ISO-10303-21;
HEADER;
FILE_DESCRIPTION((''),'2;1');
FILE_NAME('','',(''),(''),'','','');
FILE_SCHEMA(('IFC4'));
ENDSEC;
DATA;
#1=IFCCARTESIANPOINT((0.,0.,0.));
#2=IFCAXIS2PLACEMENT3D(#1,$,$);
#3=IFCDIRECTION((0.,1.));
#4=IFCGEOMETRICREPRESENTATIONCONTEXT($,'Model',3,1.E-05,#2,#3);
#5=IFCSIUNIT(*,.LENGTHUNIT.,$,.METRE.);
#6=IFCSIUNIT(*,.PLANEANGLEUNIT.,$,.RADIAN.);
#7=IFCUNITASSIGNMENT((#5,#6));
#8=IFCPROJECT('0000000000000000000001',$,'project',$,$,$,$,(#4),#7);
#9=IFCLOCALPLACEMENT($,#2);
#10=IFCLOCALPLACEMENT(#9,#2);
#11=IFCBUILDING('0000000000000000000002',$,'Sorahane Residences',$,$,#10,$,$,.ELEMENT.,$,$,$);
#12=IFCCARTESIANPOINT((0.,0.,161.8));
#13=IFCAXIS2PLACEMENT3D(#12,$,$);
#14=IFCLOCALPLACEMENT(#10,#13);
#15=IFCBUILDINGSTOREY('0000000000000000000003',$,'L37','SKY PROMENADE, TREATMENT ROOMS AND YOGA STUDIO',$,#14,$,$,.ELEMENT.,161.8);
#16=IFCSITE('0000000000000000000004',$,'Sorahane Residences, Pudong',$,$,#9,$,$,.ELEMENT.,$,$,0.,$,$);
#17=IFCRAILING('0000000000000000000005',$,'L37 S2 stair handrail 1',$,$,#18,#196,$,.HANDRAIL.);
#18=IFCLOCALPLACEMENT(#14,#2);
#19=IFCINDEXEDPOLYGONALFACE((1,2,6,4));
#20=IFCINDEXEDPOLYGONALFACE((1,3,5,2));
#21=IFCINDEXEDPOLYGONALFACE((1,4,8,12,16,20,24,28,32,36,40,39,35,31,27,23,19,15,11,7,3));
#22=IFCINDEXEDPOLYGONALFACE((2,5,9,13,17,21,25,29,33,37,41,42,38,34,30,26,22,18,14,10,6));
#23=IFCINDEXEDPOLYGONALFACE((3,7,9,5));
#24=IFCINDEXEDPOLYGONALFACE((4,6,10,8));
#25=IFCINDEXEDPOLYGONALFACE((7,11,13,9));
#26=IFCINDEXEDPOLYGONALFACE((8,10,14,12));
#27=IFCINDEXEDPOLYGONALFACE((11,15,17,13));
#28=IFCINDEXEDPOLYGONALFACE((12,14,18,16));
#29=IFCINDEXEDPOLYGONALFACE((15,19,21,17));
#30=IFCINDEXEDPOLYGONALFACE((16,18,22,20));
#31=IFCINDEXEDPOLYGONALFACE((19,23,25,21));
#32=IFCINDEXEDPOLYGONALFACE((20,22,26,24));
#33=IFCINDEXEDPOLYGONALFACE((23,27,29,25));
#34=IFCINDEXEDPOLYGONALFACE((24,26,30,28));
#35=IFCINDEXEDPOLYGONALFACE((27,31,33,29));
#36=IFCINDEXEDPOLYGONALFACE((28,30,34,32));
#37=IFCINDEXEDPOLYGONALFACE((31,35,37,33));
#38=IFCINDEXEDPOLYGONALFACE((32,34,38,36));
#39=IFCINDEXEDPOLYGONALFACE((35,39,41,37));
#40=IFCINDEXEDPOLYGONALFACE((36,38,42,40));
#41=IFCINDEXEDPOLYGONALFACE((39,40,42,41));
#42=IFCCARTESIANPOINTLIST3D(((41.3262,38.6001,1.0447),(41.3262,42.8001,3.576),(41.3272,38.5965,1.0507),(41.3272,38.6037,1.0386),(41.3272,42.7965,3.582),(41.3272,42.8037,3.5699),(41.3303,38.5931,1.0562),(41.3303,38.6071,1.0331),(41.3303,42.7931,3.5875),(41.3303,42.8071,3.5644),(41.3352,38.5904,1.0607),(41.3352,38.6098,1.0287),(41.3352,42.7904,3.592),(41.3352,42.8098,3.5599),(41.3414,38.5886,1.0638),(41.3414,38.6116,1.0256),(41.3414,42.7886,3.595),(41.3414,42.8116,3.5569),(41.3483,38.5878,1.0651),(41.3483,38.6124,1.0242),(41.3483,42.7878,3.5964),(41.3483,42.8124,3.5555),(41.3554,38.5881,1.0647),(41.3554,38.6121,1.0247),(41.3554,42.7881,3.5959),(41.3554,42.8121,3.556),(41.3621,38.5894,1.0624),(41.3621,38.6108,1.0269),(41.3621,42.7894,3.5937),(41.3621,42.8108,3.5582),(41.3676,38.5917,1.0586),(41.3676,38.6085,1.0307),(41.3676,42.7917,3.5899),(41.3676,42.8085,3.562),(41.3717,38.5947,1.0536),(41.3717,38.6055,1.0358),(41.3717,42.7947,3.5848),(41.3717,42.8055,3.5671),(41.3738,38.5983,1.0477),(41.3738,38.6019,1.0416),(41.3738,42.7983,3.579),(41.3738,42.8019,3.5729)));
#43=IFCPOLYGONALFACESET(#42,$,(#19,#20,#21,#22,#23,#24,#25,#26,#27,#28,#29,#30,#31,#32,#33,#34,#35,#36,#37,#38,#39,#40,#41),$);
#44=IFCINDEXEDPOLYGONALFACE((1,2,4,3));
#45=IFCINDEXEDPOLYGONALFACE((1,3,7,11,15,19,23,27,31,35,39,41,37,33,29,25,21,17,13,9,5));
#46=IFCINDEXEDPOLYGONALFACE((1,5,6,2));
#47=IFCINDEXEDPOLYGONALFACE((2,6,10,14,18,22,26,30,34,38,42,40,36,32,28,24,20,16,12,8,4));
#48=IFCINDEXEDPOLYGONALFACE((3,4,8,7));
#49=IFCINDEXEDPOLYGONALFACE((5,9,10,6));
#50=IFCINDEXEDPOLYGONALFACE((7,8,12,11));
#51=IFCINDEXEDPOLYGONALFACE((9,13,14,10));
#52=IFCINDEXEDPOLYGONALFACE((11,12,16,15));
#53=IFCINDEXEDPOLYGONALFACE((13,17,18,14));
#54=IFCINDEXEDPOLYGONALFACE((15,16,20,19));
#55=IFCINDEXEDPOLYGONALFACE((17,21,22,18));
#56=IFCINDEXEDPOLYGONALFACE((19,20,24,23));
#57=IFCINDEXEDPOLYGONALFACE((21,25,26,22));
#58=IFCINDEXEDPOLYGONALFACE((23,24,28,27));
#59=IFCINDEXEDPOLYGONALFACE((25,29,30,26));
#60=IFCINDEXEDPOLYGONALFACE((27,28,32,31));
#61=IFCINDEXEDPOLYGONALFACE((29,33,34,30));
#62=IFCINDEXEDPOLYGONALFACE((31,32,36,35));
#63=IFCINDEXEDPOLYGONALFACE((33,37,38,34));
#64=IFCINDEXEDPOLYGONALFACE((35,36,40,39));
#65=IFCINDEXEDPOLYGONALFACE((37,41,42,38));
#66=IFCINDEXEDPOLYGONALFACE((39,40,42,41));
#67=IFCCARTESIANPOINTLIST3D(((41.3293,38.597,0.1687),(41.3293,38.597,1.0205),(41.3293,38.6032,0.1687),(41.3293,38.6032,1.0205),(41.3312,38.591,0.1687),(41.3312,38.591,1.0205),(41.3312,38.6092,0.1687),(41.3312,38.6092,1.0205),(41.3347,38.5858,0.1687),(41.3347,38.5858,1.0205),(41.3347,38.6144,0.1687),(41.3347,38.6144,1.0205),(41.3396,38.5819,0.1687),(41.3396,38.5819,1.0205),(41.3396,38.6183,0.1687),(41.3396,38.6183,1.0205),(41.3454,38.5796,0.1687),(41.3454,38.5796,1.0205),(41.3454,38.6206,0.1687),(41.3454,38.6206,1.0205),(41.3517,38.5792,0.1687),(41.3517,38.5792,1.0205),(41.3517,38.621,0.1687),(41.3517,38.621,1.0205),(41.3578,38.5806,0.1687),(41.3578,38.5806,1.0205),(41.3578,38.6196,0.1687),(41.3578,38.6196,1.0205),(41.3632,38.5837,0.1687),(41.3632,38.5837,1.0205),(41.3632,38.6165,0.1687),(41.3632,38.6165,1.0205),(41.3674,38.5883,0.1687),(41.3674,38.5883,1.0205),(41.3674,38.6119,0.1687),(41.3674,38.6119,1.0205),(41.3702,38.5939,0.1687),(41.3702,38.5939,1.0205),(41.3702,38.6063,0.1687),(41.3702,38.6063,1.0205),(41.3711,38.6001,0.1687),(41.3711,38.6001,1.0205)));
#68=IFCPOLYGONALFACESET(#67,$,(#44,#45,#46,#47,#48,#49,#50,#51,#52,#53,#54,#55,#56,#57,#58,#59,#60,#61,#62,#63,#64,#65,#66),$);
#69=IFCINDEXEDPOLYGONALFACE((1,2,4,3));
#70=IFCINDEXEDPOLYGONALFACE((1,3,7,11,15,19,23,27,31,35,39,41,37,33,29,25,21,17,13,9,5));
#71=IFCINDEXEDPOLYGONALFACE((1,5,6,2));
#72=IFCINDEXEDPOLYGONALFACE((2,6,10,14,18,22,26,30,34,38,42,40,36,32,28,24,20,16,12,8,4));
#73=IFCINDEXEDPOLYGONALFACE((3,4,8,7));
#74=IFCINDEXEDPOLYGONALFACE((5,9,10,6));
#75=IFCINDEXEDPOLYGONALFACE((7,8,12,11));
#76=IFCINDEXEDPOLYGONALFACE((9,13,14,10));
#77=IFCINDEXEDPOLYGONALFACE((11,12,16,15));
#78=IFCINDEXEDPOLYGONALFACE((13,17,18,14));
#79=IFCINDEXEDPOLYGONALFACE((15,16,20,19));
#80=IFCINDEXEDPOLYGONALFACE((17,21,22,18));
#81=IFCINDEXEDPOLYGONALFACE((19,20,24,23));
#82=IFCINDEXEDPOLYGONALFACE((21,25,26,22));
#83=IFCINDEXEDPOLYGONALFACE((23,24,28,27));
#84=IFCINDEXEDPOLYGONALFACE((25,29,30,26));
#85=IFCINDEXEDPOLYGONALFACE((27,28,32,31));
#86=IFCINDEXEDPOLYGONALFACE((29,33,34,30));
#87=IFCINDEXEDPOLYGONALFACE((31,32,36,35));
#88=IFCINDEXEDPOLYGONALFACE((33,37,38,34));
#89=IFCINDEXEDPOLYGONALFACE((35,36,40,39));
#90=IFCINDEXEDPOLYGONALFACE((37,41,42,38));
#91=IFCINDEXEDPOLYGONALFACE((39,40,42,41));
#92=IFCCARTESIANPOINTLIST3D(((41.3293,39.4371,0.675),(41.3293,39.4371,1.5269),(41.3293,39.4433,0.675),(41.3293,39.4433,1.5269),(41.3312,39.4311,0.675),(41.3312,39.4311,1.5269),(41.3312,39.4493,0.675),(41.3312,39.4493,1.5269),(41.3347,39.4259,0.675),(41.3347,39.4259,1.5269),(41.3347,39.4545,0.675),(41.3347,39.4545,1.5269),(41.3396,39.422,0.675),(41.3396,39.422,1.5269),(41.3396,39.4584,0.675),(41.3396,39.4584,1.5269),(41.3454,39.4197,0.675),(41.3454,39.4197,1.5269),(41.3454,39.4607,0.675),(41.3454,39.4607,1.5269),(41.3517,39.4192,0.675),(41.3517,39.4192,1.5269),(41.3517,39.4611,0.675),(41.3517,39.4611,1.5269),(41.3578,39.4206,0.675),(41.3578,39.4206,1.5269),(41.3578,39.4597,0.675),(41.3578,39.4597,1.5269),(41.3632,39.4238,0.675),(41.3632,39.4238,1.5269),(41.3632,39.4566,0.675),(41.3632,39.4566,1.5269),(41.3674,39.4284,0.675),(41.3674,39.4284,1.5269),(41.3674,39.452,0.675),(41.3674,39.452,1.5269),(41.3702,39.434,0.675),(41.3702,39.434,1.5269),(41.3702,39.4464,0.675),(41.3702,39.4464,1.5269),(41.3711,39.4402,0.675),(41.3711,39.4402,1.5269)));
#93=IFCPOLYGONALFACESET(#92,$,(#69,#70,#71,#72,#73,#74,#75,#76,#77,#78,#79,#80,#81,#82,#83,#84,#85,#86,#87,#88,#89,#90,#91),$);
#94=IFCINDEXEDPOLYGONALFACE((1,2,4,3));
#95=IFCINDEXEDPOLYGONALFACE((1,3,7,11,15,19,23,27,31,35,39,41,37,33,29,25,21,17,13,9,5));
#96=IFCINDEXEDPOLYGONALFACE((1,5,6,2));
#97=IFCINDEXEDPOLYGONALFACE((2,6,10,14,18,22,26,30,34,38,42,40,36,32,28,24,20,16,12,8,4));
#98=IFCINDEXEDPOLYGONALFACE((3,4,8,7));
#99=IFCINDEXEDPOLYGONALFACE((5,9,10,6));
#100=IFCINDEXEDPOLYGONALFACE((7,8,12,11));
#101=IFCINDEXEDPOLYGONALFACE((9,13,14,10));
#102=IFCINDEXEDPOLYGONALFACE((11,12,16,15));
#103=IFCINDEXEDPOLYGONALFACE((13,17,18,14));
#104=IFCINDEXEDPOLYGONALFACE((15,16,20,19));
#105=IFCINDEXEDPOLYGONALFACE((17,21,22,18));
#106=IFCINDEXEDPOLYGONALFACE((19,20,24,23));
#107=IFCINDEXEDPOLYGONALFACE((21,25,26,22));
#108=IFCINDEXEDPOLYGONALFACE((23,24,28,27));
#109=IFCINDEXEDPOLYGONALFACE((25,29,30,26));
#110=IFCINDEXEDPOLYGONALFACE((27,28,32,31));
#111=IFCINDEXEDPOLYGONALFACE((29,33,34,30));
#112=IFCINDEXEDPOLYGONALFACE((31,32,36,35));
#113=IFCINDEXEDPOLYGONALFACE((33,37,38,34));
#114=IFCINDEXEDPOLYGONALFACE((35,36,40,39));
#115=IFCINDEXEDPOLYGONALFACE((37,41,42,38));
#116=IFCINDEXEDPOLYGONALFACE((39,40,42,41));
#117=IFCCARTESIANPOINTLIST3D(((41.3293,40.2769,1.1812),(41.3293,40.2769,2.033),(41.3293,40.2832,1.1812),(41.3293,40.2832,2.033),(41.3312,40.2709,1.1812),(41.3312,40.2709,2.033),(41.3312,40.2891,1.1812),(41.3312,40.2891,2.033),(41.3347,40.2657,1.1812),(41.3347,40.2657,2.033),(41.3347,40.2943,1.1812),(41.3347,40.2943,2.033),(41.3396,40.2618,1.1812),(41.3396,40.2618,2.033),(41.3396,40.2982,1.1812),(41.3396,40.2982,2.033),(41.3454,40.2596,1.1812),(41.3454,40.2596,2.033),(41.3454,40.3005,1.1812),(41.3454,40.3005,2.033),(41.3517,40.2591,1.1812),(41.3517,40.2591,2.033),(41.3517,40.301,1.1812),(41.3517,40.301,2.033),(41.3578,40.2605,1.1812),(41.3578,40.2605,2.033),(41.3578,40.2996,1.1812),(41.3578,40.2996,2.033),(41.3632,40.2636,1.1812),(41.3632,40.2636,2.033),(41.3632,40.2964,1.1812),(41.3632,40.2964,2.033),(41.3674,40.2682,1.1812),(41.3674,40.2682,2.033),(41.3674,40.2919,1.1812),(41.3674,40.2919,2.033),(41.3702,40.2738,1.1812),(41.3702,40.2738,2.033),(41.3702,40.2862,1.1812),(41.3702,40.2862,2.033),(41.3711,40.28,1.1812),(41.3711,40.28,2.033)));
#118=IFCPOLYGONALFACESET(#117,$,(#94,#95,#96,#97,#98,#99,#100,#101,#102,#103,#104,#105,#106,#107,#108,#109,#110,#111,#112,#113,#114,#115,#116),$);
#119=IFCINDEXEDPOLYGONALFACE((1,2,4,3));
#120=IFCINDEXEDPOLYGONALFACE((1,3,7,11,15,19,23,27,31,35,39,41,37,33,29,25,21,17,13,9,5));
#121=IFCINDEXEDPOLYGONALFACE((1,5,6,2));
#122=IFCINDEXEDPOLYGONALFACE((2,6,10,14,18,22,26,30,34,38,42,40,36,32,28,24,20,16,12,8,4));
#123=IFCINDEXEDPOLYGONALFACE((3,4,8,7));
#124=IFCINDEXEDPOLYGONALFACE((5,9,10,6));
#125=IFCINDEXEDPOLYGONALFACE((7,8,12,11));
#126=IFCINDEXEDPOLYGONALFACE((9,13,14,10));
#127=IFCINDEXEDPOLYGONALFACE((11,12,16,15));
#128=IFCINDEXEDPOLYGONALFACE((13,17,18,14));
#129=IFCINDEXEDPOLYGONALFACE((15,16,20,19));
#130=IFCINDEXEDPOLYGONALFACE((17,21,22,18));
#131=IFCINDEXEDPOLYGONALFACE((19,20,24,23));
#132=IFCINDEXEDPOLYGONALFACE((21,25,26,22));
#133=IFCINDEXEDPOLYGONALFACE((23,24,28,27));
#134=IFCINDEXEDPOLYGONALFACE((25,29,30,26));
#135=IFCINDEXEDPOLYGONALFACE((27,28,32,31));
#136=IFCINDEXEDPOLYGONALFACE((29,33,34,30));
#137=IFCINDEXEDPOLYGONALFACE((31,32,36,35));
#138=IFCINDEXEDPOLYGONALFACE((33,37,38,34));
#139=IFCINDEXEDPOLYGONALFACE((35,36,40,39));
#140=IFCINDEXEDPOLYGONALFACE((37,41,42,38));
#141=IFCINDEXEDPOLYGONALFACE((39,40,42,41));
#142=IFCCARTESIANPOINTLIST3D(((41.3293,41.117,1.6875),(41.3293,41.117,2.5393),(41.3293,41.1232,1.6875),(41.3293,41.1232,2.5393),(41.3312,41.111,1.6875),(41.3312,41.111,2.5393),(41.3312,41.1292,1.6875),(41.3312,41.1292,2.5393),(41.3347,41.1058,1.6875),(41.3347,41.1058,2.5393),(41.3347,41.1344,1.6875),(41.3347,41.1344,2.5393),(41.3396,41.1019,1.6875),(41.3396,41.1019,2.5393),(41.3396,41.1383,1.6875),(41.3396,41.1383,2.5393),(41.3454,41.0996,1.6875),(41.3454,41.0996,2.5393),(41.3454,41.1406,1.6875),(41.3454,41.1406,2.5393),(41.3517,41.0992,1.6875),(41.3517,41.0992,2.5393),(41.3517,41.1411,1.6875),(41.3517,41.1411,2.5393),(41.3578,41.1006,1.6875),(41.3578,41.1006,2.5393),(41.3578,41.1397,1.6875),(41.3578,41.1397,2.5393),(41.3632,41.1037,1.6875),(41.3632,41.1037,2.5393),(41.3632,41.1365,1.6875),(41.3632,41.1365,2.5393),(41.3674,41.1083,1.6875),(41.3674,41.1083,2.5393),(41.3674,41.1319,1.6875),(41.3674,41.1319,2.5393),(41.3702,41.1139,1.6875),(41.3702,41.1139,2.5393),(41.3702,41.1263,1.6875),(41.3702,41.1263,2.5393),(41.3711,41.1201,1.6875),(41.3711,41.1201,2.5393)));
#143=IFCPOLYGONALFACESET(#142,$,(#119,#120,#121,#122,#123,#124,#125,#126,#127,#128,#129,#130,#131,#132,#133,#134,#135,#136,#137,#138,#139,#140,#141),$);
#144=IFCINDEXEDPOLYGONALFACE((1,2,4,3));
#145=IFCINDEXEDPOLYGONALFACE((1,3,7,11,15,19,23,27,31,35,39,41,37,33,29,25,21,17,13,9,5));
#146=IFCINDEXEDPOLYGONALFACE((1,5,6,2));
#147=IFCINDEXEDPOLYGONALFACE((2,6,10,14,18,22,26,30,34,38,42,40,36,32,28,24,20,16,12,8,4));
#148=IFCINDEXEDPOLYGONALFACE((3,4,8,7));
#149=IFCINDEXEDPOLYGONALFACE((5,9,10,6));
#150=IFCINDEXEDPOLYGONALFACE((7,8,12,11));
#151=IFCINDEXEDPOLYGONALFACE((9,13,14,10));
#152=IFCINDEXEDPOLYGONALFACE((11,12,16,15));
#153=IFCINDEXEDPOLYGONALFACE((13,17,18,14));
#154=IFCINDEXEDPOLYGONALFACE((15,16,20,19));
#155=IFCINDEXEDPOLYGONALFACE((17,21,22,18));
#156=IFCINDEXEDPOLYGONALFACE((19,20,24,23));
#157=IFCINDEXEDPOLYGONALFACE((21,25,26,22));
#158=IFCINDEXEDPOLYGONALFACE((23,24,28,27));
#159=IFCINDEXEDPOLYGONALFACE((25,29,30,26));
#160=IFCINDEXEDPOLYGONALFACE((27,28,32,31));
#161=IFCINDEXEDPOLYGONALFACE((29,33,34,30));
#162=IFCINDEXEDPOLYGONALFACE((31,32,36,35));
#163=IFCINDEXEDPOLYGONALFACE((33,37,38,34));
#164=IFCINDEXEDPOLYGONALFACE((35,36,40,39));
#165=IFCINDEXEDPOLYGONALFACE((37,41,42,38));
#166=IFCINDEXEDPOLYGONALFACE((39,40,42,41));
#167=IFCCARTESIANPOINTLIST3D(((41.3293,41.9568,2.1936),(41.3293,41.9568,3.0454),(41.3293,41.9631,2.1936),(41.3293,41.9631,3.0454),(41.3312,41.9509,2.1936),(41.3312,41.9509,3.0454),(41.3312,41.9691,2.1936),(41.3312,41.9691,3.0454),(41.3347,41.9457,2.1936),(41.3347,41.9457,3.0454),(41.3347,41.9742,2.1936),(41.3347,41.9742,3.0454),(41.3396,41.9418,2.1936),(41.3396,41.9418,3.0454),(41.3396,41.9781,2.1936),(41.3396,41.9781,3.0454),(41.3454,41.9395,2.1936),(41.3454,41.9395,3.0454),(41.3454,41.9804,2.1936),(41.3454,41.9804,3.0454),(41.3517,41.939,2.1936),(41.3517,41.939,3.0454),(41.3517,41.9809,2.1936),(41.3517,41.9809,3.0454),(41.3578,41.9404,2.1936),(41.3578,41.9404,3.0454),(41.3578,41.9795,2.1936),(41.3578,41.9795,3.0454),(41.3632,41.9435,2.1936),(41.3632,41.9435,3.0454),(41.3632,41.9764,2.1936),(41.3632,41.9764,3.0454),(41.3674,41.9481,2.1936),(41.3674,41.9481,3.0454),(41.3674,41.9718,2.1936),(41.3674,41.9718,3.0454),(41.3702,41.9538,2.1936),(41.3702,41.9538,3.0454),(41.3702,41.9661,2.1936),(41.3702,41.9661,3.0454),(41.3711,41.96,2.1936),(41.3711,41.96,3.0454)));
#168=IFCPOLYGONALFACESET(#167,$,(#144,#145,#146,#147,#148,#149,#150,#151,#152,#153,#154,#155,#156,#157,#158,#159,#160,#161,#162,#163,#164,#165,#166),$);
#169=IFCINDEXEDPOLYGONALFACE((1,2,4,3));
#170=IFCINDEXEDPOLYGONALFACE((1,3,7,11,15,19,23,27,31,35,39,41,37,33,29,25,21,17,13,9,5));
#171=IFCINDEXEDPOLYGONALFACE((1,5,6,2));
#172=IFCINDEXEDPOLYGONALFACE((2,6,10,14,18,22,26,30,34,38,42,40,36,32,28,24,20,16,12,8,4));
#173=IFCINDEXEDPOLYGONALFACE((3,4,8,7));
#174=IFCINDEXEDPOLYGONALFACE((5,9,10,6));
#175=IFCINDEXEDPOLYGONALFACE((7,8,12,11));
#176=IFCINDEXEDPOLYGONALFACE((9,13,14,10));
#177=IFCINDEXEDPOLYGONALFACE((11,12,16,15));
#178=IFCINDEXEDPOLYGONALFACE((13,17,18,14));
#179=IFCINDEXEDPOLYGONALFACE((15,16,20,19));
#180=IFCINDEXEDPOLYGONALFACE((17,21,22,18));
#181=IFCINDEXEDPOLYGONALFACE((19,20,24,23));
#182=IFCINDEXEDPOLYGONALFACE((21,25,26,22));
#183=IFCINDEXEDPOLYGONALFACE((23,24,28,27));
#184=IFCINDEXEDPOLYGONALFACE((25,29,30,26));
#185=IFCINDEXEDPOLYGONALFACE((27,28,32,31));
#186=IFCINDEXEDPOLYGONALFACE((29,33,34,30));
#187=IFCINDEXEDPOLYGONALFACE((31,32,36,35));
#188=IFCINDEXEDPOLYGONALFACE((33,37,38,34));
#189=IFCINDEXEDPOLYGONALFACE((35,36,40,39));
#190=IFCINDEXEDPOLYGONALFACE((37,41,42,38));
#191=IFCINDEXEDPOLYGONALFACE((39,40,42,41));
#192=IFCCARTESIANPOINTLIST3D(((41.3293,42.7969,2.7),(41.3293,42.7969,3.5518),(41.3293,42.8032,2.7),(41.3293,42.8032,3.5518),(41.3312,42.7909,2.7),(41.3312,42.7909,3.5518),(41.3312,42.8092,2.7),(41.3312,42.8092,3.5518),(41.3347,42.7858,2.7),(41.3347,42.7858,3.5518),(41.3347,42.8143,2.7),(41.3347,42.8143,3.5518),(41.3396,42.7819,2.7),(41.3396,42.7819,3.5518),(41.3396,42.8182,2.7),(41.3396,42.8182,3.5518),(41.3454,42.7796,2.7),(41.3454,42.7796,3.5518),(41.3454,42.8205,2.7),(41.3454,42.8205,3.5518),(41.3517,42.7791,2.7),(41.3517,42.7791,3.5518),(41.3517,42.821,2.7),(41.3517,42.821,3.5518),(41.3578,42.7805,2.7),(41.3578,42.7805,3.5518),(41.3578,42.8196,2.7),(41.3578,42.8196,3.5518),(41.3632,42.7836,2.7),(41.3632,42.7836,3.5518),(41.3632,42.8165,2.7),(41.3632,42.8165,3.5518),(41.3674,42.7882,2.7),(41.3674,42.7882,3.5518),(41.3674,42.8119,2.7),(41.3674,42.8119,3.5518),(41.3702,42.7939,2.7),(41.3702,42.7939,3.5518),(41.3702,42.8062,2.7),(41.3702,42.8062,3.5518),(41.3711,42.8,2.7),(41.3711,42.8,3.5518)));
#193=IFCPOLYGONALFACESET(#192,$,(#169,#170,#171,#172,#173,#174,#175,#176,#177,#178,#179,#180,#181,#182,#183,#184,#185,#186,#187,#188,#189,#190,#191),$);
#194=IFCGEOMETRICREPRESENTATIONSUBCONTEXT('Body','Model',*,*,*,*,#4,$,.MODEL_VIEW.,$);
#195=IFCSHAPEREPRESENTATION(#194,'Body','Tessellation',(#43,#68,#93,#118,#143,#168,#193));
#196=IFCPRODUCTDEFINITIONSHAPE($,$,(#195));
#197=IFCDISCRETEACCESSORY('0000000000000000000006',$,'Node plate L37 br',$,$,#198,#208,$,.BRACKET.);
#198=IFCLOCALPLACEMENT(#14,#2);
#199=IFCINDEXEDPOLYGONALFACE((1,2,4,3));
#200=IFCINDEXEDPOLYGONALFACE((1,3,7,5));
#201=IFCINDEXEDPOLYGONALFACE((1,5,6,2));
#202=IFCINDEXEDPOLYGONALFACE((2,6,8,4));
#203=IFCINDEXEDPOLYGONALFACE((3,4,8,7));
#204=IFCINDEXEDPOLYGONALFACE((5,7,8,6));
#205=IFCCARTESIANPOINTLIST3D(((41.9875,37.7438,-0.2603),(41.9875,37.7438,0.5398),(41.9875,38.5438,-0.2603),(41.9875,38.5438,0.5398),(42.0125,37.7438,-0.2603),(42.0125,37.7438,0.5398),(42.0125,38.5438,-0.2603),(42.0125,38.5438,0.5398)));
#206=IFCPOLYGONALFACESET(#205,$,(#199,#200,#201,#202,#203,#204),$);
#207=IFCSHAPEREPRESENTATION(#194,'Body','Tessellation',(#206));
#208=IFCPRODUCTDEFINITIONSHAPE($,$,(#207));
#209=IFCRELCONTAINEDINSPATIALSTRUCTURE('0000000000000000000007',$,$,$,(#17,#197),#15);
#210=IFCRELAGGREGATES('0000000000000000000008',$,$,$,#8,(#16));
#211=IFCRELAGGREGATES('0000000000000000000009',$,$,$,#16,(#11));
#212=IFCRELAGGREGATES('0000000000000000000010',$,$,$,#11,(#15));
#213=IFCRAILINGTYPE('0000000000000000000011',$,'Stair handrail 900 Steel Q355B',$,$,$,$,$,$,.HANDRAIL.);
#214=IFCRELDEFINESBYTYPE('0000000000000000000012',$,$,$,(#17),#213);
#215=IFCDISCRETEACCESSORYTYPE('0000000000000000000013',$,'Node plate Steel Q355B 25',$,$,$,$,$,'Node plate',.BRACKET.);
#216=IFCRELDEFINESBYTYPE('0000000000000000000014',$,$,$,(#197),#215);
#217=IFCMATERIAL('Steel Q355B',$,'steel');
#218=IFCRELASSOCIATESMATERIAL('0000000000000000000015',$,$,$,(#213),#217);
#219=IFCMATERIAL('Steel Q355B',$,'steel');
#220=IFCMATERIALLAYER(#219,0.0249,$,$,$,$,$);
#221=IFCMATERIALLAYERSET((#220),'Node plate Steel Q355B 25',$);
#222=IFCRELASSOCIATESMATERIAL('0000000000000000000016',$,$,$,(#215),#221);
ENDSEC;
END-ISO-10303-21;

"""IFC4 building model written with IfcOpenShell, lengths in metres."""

from ifc_helpers import new_model, si_unit, direction, frame, origin, origin_2d, place, context, subcontext, project, spatial, rectangle, circle, extrude, material, layer, layer_set, type_object, element, save


model = new_model("IFC4")

# Units and contexts
model_context = context("Model", 3, precision=1e-05, world=origin(), true_north=direction((0.0, 1.0)))
body_context = subcontext(model_context, "Body", "Model", "MODEL_VIEW")
ifc_project = project(units=[si_unit("LENGTHUNIT", "METRE"), si_unit("PLANEANGLEUNIT", "RADIAN")], contexts=[model_context])

# Site, building, storey
site_placement = place(None, origin())
site = spatial("IfcSite", under=ifc_project, at=site_placement, Name="Sorahane Residences, Pudong", CompositionType="ELEMENT", RefElevation=0.0)
building_placement = place(site_placement, origin())
building = spatial("IfcBuilding", under=site, at=building_placement, Name="Sorahane Residences", CompositionType="ELEMENT")
storey_placement = place(building_placement, frame((0.0, 0.0, 161.8)))
storey = spatial("IfcBuildingStorey", under=building, at=storey_placement, Name="L37", Description="SKY PROMENADE, TREATMENT ROOMS AND YOGA STUDIO", CompositionType="ELEMENT", Elevation=161.8)

# Railing
ifc_material_1 = material(Name="Steel Q355B", Category="steel")
railing_type = type_object("IfcRailingType", Name="Stair handrail 900 Steel Q355B", PredefinedType="HANDRAIL", material=ifc_material_1)
railing_placement = place(storey_placement, frame((41.3501, 38.6001, 0.1687)))
element("IfcRailing", 1, at=railing_placement, inside=storey, type_object=railing_type, Name="L37 S2 stair handrail 1", PredefinedType="HANDRAIL", context=body_context, shape_type="SweptSolid", body=[
    extrude(circle(Radius=0.0239, at=origin_2d()), frame((0.0, 0.0, 0.876), z_axis=(0.0, 0.856476, 0.516186), x_axis=(-1.0, 0.0, 0.0)), (0.0, 0.0, 1.0), 4.9038),
    extrude(circle(Radius=0.021, at=origin_2d()), origin(), (0.0, 0.0, 1.0), 0.8518),
    extrude(circle(Radius=0.021, at=origin_2d()), frame((0.0, 0.8401, 0.5063)), (0.0, 0.0, 1.0), 0.8518),
    extrude(circle(Radius=0.021, at=origin_2d()), frame((0.0, 1.6799, 1.0125)), (0.0, 0.0, 1.0), 0.8518),
    extrude(circle(Radius=0.021, at=origin_2d()), frame((0.0, 2.52, 1.5188)), (0.0, 0.0, 1.0), 0.8518),
    extrude(circle(Radius=0.021, at=origin_2d()), frame((0.0, 3.3599, 2.0249)), (0.0, 0.0, 1.0), 0.8518),
    extrude(circle(Radius=0.021, at=origin_2d()), frame((0.0, 4.2, 2.5312)), (0.0, 0.0, 1.0), 0.8518),
])

# Discrete accessory
ifc_material_2 = material(Name="Steel Q355B", Category="steel")
ifc_layer_1 = layer(ifc_material_2, 0.0249)
ifc_layer_set_1 = layer_set([ifc_layer_1], Name="Node plate Steel Q355B 25")
discrete_accessory_type = type_object("IfcDiscreteAccessoryType", Name="Node plate Steel Q355B 25", ElementType="Node plate", PredefinedType="BRACKET", material=ifc_layer_set_1)
for number, where, z_axis, x_axis, name in (
    (2, (42.0, 38.1438, -0.2603), (0.0, 0.0, 1.0), (0.0, 1.0, 0.0), "Node plate L37 br"),
):
    element("IfcDiscreteAccessory", number, at=place(storey_placement, frame(where, z_axis=z_axis, x_axis=x_axis)), inside=storey, type_object=discrete_accessory_type, Name=name, PredefinedType="BRACKET", context=body_context, shape_type="SweptSolid", body=[
        extrude(rectangle(XDim=0.8, YDim=0.0249, at=origin_2d()), origin(), (0.0, 0.0, 1.0), 0.8),
    ])

save(model, "model.ifc")
